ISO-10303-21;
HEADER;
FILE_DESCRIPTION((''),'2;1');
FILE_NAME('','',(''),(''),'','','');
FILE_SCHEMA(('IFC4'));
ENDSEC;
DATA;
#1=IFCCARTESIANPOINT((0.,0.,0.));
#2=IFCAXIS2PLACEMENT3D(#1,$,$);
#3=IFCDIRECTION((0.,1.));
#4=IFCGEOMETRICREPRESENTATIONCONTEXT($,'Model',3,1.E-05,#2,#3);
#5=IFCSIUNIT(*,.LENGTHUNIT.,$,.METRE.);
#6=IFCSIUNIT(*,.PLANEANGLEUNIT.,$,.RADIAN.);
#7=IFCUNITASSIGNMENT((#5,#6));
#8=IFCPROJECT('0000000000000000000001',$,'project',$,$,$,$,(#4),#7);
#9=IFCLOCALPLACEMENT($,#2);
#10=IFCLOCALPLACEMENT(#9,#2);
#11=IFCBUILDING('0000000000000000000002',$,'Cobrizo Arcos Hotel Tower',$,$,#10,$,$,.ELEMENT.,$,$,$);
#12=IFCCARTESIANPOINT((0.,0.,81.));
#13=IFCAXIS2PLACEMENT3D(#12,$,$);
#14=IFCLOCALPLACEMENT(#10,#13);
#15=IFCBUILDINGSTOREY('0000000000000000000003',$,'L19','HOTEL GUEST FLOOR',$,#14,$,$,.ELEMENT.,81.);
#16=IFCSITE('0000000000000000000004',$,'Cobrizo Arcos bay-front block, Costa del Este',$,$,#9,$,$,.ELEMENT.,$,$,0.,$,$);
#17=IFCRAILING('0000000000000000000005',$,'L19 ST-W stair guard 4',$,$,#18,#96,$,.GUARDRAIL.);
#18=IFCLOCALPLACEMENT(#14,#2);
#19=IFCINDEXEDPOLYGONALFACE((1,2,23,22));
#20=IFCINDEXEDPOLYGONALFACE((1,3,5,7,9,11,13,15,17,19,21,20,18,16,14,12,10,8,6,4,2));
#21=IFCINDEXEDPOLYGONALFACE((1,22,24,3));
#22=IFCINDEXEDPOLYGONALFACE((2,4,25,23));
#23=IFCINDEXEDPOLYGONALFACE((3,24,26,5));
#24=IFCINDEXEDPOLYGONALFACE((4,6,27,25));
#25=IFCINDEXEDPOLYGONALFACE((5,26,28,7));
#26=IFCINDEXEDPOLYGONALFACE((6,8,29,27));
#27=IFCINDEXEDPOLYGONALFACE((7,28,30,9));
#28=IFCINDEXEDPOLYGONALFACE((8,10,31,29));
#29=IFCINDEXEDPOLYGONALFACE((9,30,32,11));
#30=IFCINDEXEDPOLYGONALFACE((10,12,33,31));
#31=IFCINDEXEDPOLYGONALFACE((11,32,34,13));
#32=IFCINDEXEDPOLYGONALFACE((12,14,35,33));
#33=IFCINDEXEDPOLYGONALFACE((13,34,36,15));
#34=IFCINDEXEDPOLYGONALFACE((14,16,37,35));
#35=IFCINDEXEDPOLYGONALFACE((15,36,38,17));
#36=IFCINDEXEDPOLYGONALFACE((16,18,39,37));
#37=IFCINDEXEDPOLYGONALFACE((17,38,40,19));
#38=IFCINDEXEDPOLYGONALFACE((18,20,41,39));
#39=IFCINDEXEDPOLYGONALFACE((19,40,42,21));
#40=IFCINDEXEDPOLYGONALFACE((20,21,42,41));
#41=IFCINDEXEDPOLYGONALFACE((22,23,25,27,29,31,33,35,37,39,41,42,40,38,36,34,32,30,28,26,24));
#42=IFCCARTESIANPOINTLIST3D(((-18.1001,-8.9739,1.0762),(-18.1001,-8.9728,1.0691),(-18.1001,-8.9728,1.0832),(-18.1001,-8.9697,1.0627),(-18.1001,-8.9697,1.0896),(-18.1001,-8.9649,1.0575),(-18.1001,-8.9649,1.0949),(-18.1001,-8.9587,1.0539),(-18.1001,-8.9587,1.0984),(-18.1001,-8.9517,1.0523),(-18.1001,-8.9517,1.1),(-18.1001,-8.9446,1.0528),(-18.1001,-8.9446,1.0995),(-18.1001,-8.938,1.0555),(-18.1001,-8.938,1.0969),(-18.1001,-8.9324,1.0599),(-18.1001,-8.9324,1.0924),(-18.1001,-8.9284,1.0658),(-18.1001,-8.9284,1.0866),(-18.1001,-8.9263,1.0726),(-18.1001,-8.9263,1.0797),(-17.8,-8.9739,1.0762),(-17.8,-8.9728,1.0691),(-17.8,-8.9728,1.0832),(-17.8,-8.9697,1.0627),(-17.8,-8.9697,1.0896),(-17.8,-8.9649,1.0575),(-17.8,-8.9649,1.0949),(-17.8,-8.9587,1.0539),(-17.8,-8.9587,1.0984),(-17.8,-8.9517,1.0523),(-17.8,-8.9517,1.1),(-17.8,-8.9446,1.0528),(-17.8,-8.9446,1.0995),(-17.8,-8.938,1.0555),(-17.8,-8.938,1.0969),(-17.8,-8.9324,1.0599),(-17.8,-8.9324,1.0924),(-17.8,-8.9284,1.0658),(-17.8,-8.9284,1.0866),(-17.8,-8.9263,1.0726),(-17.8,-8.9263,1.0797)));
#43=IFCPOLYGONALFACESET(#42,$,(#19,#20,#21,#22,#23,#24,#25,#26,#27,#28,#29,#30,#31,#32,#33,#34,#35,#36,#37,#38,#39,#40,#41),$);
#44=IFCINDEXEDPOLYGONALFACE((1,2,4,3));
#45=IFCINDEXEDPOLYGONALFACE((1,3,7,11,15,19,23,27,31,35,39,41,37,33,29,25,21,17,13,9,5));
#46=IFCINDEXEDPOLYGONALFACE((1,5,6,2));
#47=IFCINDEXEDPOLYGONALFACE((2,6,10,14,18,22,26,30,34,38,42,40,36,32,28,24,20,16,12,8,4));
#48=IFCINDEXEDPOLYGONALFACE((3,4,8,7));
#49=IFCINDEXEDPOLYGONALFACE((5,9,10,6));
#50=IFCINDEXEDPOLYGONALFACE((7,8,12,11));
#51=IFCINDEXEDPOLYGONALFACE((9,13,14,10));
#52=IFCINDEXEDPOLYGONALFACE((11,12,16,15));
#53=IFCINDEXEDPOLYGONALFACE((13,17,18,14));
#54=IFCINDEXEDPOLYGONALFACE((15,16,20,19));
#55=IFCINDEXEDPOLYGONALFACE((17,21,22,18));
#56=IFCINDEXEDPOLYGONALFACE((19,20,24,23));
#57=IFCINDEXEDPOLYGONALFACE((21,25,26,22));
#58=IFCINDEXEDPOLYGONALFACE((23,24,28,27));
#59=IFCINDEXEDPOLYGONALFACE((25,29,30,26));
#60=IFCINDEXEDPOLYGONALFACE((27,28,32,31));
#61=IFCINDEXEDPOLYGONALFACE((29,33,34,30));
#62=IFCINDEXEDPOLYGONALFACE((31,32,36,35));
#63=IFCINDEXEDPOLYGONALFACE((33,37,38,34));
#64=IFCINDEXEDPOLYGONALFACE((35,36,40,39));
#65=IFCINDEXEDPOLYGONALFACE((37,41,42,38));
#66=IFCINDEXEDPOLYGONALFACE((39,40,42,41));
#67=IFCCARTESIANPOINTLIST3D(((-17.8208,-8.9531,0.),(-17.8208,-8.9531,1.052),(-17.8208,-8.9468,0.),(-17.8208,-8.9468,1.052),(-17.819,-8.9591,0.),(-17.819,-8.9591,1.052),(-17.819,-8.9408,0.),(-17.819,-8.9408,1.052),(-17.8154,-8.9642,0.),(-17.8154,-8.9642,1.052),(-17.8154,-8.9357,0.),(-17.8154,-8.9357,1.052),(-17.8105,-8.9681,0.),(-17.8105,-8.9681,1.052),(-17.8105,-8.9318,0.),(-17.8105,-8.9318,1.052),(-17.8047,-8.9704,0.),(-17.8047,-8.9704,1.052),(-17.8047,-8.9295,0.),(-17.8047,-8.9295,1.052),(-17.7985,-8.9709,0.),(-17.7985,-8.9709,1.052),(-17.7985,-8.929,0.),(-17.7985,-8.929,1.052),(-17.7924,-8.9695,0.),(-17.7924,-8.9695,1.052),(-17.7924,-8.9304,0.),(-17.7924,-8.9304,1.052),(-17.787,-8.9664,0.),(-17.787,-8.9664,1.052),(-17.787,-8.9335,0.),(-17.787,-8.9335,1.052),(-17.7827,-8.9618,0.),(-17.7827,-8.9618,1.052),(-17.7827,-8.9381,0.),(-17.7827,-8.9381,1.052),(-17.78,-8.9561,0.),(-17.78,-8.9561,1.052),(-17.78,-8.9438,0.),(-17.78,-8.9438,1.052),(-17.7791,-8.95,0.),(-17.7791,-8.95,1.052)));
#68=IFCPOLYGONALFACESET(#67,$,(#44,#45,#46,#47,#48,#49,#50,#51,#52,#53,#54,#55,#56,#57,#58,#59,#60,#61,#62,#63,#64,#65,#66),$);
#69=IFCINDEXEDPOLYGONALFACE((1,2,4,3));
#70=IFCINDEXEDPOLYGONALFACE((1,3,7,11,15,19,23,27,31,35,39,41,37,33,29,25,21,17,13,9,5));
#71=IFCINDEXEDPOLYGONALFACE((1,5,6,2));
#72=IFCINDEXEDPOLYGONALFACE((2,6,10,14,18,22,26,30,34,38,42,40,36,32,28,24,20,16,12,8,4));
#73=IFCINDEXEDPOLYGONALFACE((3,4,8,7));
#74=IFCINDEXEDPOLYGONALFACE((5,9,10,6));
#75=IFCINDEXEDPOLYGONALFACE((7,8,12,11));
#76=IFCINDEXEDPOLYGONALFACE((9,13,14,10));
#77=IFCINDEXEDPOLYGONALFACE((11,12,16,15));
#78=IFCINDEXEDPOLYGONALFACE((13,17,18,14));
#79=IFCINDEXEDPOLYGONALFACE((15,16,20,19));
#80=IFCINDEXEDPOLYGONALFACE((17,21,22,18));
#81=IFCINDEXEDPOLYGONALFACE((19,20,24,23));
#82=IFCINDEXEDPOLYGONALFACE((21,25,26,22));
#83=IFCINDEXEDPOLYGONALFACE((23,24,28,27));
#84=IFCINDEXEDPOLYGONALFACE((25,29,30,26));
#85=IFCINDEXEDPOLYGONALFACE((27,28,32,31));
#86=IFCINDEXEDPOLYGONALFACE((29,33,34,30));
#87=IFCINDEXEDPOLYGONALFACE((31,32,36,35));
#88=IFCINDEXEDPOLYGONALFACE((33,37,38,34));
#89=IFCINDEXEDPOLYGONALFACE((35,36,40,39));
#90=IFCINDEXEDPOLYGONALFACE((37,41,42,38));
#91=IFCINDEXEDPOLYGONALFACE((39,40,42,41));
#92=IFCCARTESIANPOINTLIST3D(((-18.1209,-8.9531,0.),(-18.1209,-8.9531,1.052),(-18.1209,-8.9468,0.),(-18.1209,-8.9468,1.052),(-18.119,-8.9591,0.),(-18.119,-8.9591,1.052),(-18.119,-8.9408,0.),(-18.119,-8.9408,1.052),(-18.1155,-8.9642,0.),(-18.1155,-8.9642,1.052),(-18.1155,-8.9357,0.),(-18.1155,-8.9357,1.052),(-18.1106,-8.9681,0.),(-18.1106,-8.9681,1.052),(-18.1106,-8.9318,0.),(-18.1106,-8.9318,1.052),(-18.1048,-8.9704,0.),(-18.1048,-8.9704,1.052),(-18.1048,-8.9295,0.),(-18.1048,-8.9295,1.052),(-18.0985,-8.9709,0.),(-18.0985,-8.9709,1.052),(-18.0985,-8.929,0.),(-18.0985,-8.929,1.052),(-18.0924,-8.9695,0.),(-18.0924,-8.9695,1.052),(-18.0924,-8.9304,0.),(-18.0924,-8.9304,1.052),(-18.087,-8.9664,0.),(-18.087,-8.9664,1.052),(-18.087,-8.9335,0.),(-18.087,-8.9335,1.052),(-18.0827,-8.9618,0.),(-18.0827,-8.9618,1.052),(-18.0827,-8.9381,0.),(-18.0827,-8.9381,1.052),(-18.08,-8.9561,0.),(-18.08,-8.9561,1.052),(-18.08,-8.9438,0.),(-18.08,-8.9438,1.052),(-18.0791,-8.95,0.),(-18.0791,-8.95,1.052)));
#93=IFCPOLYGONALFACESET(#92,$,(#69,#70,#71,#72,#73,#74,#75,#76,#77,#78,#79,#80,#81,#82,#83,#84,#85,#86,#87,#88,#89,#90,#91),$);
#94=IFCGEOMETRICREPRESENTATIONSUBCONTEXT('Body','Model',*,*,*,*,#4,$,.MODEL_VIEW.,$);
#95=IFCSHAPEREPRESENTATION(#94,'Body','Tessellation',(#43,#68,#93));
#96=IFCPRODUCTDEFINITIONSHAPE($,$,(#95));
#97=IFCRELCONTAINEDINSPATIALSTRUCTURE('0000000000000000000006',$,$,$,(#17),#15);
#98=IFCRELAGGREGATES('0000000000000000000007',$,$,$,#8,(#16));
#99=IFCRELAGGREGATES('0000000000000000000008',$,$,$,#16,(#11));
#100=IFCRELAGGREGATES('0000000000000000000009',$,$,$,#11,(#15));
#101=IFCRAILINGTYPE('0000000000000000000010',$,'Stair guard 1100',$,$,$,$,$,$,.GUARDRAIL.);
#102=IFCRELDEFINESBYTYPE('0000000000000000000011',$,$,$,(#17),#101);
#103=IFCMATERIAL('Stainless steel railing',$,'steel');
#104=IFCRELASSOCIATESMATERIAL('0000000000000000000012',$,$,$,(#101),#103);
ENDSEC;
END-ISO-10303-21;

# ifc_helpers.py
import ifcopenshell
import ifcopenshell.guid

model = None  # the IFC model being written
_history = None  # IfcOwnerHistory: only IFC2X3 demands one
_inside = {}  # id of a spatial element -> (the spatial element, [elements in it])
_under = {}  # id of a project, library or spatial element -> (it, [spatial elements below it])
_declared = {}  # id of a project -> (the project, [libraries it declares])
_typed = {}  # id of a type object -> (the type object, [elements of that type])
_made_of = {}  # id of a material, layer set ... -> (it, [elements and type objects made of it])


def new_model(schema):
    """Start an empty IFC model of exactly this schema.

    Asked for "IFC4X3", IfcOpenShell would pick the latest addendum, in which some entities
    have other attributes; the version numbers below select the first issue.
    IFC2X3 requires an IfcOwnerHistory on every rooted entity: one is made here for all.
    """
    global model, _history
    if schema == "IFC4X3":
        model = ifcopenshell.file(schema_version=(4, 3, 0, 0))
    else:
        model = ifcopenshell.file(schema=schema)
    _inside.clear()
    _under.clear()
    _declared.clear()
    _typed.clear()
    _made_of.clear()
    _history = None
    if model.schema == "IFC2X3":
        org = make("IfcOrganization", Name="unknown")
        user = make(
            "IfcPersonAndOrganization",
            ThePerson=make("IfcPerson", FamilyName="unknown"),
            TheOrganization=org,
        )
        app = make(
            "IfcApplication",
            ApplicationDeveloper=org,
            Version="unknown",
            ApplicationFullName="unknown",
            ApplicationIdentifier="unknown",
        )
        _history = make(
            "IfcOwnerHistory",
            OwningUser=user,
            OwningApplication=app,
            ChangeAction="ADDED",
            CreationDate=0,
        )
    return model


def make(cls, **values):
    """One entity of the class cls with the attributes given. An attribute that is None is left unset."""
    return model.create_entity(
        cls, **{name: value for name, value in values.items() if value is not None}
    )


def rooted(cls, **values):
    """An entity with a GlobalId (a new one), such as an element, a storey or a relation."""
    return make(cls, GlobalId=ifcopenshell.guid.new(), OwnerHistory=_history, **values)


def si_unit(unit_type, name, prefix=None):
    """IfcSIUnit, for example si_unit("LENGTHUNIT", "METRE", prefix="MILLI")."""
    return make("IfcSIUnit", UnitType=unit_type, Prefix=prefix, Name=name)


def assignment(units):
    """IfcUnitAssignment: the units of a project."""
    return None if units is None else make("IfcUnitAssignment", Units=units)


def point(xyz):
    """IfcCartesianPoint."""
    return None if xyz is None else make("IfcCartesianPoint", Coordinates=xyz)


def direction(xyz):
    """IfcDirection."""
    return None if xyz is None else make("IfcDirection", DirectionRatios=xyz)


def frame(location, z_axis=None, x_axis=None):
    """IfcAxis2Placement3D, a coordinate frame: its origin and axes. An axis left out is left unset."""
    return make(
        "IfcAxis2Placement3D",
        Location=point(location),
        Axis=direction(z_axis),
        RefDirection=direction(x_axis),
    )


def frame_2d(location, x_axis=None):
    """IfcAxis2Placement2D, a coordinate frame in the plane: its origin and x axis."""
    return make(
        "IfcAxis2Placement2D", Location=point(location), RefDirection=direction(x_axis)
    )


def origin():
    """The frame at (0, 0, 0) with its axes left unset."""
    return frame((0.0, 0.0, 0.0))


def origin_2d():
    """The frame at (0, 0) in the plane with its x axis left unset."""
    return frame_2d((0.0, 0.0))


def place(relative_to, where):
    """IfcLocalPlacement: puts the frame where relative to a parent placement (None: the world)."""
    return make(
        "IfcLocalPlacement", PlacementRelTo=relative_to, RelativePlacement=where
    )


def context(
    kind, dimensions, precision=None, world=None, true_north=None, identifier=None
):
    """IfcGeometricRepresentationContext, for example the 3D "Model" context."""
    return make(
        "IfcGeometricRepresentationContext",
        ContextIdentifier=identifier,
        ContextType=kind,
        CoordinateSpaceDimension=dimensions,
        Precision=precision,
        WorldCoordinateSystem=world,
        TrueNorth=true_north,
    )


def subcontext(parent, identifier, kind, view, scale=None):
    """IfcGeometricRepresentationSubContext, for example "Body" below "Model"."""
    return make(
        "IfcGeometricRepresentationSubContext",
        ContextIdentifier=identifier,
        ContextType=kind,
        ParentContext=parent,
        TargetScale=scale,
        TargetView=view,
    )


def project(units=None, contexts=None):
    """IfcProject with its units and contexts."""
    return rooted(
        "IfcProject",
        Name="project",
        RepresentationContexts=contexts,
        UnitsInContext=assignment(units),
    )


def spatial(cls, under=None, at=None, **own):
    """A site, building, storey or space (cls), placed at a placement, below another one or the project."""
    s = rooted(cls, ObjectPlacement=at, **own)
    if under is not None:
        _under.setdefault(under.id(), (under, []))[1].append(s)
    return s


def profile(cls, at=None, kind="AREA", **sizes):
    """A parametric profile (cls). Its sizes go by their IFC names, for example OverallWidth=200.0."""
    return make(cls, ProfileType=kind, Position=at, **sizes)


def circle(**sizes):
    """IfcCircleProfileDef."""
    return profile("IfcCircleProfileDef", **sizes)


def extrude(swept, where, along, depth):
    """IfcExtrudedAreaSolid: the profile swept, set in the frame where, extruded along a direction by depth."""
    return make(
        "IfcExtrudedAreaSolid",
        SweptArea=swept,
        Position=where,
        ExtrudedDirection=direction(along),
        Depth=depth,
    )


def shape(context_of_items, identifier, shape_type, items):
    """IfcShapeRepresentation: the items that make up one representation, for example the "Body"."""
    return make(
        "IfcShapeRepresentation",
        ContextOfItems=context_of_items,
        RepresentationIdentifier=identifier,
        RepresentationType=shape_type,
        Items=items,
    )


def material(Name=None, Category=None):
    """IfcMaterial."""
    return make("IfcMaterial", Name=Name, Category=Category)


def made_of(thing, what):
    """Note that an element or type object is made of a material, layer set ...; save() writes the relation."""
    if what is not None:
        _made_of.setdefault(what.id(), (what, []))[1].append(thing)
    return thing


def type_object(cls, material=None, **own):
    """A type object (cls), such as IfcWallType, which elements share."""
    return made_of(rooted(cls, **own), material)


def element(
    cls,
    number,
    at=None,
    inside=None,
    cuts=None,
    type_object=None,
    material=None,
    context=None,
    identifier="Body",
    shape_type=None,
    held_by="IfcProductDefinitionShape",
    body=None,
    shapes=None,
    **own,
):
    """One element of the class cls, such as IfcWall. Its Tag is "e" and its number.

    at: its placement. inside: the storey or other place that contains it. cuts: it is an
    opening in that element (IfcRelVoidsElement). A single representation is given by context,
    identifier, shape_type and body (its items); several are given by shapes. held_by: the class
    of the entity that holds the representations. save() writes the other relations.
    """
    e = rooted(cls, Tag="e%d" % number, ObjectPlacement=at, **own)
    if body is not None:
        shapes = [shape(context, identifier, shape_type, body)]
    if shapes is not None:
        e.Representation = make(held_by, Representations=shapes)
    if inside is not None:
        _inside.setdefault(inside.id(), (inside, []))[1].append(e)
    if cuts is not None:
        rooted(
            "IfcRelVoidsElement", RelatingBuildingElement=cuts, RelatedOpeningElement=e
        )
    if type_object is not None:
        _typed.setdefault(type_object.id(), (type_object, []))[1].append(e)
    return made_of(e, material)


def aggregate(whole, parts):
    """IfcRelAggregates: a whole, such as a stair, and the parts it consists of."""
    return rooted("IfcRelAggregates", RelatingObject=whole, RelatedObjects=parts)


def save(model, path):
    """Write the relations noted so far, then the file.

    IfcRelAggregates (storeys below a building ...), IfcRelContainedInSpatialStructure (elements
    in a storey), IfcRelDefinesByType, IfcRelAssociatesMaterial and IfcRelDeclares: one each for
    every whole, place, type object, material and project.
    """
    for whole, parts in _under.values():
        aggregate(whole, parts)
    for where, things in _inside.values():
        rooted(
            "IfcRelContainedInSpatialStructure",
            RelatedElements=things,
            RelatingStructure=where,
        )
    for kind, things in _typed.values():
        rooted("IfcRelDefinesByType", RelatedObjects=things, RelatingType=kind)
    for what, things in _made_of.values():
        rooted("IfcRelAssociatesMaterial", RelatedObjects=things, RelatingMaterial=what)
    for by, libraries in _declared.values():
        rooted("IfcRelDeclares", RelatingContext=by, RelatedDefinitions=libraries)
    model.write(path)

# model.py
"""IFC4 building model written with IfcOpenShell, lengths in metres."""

from ifc_helpers import new_model, si_unit, direction, frame, origin, origin_2d, place, context, subcontext, project, spatial, circle, extrude, material, type_object, element, save


model = new_model("IFC4")

# Units and contexts
model_context = context("Model", 3, precision=1e-05, world=origin(), true_north=direction((0.0, 1.0)))
body_context = subcontext(model_context, "Body", "Model", "MODEL_VIEW")
ifc_project = project(units=[si_unit("LENGTHUNIT", "METRE"), si_unit("PLANEANGLEUNIT", "RADIAN")], contexts=[model_context])

# Site, building, storey
site_placement = place(None, origin())
site = spatial("IfcSite", under=ifc_project, at=site_placement, Name="Cobrizo Arcos bay-front block, Costa del Este", CompositionType="ELEMENT", RefElevation=0.0)
building_placement = place(site_placement, origin())
building = spatial("IfcBuilding", under=site, at=building_placement, Name="Cobrizo Arcos Hotel Tower", CompositionType="ELEMENT")
storey_placement = place(building_placement, frame((0.0, 0.0, 81.0)))
storey = spatial("IfcBuildingStorey", under=building, at=storey_placement, Name="L19", Description="HOTEL GUEST FLOOR", CompositionType="ELEMENT", Elevation=81.0)

# Railing
ifc_material_1 = material(Name="Stainless steel railing", Category="steel")
railing_type_1 = type_object("IfcRailingType", Name="Stair guard 1100", PredefinedType="GUARDRAIL", material=ifc_material_1)
railing_1_placement = place(storey_placement, frame((-17.8, -8.95, 0.0)))
element("IfcRailing", 1, at=railing_1_placement, inside=storey, type_object=railing_type_1, Name="L19 ST-W stair guard 4", PredefinedType="GUARDRAIL", context=body_context, shape_type="SweptSolid", body=[
    extrude(circle(Radius=0.0239, at=origin_2d()), frame((0.0, 0.0, 1.0762), z_axis=(-1.0, 0.0, 0.0), x_axis=(0.0, -1.0, 0.0)), (0.0, 0.0, 1.0), 0.3),
    extrude(circle(Radius=0.021, at=origin_2d()), origin(), (0.0, 0.0, 1.0), 1.052),
    extrude(circle(Radius=0.021, at=origin_2d()), frame((-0.3, 0.0, 0.0)), (0.0, 0.0, 1.0), 1.052),
])

save(model, "model.ifc")
